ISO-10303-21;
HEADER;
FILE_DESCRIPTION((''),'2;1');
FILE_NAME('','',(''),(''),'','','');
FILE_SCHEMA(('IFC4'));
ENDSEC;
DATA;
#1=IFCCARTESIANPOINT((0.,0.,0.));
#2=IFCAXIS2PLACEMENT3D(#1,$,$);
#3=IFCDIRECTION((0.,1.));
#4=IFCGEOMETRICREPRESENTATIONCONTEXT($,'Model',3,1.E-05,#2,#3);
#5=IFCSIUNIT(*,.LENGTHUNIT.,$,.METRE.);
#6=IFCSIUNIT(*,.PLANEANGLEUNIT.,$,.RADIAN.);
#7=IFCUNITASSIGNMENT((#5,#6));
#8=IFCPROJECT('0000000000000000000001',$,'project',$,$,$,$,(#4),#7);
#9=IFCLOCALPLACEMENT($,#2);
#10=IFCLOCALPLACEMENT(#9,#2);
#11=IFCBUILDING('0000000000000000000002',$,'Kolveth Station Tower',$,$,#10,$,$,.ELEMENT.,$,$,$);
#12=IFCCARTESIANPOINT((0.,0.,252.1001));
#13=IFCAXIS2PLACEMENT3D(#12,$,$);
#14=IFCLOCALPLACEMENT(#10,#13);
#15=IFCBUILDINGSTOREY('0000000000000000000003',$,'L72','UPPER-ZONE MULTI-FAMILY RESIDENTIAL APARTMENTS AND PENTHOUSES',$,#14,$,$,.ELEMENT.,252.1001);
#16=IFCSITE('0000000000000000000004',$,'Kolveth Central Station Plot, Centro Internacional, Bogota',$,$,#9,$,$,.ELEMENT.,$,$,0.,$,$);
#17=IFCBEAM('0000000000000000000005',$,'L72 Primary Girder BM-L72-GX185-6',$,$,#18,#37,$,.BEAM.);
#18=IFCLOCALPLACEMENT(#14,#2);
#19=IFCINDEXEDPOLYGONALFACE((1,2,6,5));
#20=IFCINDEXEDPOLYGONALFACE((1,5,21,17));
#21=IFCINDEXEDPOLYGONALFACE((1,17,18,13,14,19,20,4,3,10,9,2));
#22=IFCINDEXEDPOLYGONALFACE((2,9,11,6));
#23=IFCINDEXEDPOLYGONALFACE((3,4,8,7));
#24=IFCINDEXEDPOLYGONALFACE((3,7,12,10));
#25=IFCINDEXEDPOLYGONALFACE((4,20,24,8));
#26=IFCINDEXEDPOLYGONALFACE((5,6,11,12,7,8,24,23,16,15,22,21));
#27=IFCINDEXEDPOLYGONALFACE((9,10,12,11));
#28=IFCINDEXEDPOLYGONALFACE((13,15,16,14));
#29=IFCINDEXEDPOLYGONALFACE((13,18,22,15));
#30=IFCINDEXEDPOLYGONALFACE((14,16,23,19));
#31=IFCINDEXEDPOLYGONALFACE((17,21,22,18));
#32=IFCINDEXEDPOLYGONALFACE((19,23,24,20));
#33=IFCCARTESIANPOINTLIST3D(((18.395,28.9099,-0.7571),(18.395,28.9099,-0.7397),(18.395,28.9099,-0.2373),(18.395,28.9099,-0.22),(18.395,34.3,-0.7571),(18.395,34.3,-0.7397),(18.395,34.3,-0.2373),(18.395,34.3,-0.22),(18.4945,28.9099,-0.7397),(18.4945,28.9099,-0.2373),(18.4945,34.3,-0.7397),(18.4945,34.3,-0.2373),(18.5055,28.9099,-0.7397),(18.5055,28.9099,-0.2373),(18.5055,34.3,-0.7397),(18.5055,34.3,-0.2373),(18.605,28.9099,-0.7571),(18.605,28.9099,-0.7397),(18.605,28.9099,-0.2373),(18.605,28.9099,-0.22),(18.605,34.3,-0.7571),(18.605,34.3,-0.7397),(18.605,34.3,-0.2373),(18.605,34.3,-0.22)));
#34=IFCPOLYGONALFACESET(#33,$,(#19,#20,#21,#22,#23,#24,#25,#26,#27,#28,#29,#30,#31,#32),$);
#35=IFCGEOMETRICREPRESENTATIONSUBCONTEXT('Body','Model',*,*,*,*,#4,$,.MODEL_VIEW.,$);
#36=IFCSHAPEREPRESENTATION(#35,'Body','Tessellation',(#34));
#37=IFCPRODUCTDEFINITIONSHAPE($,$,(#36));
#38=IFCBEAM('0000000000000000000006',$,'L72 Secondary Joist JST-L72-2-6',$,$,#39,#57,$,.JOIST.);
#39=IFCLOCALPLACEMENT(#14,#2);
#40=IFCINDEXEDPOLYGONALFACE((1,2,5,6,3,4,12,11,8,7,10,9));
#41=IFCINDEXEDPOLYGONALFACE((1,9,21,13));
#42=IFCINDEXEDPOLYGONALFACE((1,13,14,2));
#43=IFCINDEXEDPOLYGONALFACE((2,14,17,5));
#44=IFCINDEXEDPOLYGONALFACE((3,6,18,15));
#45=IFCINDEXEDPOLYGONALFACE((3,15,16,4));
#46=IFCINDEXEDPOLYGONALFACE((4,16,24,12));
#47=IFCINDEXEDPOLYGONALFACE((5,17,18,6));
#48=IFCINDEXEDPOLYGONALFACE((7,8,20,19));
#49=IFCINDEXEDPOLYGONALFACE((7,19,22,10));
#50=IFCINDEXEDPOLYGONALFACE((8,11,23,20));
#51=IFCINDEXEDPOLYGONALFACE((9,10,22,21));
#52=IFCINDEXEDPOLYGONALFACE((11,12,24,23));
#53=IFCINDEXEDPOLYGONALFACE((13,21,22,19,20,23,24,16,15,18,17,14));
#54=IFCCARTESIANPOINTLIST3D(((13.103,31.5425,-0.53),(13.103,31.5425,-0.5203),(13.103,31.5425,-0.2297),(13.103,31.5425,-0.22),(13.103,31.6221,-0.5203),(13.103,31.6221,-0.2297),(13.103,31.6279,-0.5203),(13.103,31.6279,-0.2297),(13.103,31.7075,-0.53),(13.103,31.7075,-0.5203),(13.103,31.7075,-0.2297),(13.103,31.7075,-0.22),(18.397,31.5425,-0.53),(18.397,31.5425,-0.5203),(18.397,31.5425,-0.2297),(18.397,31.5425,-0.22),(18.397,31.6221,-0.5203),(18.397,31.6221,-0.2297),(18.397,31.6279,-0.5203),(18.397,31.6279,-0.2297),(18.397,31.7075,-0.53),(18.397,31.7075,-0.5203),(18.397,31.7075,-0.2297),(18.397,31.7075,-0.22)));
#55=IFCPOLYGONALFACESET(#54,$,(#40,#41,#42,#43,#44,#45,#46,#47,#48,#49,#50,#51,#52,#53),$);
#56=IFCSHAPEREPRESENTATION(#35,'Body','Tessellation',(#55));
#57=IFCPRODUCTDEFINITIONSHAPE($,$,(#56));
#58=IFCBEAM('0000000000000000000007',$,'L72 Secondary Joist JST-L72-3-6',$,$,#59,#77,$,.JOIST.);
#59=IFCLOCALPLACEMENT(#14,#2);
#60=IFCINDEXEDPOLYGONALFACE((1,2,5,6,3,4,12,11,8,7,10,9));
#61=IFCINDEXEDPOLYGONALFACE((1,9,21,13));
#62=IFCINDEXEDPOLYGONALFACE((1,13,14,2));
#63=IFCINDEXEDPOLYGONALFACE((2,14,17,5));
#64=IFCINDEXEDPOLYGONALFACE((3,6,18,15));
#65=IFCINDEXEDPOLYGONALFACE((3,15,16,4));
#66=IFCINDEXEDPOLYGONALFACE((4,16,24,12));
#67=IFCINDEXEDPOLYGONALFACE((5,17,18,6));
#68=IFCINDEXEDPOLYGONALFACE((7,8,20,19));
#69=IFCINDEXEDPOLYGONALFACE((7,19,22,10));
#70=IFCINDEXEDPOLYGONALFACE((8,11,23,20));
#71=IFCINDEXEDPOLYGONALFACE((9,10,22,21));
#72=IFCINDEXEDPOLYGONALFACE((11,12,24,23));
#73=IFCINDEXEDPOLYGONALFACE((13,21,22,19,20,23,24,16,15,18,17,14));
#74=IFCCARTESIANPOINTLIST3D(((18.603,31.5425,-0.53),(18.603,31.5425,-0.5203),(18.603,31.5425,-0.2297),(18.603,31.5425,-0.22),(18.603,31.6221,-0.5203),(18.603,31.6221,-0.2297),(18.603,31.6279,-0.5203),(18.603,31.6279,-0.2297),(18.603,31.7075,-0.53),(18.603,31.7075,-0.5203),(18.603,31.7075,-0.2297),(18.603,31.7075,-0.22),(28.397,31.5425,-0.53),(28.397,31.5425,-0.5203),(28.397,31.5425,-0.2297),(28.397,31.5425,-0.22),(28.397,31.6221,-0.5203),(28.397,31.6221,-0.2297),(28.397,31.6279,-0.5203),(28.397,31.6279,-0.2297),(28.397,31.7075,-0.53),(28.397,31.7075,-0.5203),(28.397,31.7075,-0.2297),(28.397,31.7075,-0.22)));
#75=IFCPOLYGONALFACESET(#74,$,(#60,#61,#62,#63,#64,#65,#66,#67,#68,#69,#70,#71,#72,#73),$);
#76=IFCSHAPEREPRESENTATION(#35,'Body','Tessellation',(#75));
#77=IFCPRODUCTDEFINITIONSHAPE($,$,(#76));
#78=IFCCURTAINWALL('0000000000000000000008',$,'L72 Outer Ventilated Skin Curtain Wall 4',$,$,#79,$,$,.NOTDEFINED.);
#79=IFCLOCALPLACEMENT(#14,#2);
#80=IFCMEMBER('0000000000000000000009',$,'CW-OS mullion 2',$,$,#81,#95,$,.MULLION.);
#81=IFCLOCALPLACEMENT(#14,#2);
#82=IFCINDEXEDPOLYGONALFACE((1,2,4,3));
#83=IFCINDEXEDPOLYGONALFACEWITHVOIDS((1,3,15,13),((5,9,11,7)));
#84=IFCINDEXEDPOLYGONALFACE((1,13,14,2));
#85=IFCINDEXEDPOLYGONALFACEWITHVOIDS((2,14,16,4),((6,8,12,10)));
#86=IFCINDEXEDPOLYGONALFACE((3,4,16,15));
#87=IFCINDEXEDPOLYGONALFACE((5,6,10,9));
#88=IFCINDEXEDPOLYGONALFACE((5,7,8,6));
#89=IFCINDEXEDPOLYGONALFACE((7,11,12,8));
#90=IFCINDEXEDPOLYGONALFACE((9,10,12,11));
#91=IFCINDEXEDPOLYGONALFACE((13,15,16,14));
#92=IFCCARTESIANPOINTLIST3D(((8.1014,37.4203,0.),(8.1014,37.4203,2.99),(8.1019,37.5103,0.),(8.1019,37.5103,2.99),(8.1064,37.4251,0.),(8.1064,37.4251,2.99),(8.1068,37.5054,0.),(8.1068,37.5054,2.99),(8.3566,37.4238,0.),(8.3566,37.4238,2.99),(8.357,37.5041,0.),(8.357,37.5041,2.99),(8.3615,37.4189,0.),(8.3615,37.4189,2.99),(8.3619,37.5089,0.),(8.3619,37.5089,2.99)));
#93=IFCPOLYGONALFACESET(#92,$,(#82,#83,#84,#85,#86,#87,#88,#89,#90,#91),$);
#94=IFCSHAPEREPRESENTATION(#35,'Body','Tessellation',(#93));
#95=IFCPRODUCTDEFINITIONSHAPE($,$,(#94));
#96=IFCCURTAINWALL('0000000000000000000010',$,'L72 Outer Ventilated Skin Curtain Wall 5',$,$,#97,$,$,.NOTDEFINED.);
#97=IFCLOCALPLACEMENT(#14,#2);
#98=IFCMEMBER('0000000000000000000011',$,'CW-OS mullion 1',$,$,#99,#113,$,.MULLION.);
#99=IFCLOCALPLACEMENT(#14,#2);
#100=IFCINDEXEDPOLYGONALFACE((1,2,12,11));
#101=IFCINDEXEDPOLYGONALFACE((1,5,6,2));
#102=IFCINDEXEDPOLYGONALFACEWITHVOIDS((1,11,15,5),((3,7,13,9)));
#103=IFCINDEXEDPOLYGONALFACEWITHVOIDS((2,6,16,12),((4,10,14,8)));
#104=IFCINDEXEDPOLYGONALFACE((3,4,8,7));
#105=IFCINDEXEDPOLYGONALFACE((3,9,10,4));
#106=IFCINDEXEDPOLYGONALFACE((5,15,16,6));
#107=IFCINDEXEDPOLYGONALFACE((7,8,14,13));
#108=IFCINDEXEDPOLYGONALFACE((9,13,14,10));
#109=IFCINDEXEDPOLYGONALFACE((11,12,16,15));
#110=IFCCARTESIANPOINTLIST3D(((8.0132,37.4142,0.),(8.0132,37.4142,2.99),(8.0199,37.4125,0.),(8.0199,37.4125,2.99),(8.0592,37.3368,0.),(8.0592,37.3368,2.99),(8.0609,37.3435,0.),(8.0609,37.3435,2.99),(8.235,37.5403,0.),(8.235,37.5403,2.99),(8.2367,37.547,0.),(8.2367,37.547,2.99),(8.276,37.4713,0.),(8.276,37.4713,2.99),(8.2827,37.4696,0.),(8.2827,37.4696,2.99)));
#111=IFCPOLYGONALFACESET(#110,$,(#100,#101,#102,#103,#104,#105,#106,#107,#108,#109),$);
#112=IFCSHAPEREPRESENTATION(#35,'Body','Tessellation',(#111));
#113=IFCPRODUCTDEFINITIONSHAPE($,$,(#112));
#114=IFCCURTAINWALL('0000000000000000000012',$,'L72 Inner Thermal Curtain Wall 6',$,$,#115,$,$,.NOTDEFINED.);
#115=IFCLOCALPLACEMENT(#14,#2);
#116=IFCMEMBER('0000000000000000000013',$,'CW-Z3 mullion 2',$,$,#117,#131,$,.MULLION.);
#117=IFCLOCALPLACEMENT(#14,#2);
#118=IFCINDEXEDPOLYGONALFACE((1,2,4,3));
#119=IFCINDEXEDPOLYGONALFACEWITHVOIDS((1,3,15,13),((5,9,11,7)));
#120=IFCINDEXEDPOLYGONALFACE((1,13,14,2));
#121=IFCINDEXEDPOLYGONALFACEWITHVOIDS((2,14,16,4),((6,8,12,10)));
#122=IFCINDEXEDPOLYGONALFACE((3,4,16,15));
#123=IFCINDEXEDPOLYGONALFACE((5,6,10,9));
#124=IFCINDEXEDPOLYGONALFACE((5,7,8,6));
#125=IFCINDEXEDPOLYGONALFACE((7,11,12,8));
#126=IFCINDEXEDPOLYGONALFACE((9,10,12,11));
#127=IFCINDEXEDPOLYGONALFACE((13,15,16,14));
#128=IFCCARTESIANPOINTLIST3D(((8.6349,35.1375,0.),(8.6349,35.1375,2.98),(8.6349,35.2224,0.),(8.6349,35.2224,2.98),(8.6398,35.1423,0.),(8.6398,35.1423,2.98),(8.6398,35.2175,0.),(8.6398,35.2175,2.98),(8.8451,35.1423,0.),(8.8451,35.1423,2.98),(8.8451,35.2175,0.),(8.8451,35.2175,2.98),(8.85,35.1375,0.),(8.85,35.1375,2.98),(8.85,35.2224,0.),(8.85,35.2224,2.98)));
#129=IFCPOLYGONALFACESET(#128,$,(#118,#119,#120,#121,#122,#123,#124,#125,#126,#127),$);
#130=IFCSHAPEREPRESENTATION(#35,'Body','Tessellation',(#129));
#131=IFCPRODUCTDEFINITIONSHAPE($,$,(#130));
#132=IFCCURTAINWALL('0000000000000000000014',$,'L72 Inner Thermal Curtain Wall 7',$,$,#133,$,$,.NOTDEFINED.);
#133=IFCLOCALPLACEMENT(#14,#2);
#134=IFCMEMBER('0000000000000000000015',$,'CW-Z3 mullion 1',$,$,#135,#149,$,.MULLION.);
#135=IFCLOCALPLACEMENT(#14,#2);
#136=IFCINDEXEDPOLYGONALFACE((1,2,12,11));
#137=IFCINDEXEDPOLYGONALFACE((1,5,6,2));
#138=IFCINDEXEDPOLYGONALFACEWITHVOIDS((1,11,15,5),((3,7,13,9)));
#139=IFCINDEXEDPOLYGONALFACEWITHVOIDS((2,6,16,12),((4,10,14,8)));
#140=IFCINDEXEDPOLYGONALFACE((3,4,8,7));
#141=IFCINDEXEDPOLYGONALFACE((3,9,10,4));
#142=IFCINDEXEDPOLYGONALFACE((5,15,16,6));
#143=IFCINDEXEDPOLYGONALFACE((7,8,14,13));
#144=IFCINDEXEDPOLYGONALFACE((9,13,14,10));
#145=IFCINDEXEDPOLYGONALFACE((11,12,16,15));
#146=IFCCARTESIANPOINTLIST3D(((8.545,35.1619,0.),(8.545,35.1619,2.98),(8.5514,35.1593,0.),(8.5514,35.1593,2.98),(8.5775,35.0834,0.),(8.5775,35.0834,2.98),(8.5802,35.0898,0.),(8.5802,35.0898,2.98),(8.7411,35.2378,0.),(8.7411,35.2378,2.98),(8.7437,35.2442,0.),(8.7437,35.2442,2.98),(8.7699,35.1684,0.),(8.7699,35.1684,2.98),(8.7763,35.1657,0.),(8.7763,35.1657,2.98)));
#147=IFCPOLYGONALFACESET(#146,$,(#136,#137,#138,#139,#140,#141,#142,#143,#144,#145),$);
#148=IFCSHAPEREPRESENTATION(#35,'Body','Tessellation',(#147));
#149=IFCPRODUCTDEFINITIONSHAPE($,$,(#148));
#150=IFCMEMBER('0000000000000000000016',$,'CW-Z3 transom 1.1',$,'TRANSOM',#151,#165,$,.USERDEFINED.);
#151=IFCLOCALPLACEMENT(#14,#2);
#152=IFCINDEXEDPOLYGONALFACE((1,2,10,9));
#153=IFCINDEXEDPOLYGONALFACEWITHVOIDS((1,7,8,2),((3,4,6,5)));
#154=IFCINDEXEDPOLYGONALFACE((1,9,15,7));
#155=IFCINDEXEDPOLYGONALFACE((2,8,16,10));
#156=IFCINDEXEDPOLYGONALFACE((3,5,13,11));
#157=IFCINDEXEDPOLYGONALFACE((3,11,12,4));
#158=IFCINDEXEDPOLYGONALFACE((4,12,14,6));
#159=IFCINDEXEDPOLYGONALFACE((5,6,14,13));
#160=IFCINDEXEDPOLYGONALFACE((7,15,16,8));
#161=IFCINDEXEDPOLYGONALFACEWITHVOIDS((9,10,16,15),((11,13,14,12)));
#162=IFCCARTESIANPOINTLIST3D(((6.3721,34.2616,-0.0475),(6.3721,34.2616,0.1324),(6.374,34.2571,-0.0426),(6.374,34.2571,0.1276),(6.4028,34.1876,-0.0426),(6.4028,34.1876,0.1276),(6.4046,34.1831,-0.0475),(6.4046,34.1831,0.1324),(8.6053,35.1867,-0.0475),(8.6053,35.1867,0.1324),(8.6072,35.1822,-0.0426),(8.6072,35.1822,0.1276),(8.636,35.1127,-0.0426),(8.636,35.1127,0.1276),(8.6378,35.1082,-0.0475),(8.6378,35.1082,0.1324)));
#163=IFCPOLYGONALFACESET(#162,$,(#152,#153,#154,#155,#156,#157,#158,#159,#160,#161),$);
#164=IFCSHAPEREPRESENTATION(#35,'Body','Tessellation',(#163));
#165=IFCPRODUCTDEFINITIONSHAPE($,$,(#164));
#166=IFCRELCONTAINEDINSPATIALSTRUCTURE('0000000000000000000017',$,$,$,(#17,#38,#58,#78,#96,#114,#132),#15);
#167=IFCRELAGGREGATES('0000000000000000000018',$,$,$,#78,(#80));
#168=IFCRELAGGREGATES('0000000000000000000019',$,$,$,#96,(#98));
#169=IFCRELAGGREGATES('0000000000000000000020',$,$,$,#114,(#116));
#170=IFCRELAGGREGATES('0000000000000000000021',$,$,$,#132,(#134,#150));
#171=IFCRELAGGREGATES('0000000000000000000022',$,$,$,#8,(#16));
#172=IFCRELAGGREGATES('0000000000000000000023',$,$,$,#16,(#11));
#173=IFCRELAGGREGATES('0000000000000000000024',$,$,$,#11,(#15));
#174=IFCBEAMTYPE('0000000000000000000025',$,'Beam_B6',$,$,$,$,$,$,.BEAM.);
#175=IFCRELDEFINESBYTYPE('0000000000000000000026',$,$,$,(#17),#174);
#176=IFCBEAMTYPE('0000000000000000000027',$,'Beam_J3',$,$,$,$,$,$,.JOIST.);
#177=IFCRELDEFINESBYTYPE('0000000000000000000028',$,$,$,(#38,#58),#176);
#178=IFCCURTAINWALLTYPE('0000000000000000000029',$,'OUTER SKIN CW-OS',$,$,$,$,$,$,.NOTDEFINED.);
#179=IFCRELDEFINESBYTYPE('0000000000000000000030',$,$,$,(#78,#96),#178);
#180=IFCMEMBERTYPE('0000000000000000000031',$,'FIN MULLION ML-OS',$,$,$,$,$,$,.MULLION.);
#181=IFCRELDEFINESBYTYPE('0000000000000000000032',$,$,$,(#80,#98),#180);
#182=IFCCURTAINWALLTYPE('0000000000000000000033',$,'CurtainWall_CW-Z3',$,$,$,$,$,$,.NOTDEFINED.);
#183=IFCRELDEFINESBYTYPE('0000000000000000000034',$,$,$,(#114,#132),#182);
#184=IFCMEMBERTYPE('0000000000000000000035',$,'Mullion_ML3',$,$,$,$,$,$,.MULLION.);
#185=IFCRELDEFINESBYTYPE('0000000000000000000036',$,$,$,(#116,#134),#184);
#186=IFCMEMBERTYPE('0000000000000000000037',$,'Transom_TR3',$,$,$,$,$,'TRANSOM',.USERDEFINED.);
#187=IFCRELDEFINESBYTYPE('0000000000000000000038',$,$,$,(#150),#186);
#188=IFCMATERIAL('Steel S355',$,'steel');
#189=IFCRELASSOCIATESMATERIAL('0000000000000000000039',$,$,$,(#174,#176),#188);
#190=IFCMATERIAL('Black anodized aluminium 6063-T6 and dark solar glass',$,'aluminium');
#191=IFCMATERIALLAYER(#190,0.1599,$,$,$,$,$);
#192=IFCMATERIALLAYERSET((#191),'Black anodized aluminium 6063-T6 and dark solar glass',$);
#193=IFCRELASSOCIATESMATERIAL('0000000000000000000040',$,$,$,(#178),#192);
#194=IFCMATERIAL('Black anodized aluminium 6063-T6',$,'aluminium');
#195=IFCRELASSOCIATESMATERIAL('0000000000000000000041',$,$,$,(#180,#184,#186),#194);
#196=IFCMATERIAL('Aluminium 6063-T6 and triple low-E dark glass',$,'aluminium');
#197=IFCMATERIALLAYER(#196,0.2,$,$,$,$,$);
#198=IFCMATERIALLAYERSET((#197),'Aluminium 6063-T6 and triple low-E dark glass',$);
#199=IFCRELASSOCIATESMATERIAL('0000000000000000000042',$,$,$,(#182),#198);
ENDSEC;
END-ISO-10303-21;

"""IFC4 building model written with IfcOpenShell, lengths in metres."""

from ifc_helpers import new_model, si_unit, direction, frame, origin, origin_2d, place, context, subcontext, project, spatial, hollow_rectangle, i_section, extrude, source, transform, mapped, material, layer, layer_set, material_profile, profile_set, type_object, element, aggregate, save


model = new_model("IFC4")

# Units and contexts
model_context = context("Model", 3, precision=1e-05, world=origin(), true_north=direction((0.0, 1.0)))
body_context = subcontext(model_context, "Body", "Model", "MODEL_VIEW")
ifc_project = project(units=[si_unit("LENGTHUNIT", "METRE"), si_unit("PLANEANGLEUNIT", "RADIAN")], contexts=[model_context])

# Site, building, storey
site_placement = place(None, origin())
site = spatial("IfcSite", under=ifc_project, at=site_placement, Name="Kolveth Central Station Plot, Centro Internacional, Bogota", CompositionType="ELEMENT", RefElevation=0.0)
building_placement = place(site_placement, origin())
building = spatial("IfcBuilding", under=site, at=building_placement, Name="Kolveth Station Tower", CompositionType="ELEMENT")
storey_placement = place(building_placement, frame((0.0, 0.0, 252.1001)))
storey = spatial("IfcBuildingStorey", under=building, at=storey_placement, Name="L72", Description="UPPER-ZONE MULTI-FAMILY RESIDENTIAL APARTMENTS AND PENTHOUSES", CompositionType="ELEMENT", Elevation=252.1001)

# Shared definitions
ifc_material_1 = material(Name="Steel S355", Category="steel")

# Beams
ifc_material_profile_1 = material_profile(ifc_material_1, i_section(OverallWidth=0.21, OverallDepth=0.5371, WebThickness=0.011, FlangeThickness=0.0173, at=origin_2d()), Name="W530x101")
ifc_profile_set_1 = profile_set([ifc_material_profile_1], Name="Steel S355")
beam_type_1 = type_object("IfcBeamType", Name="Beam_B6", PredefinedType="BEAM", material=ifc_profile_set_1)
shared_shape_1 = source(origin(), body_context, "Body", "SweptSolid", [
    extrude(i_section(OverallWidth=0.21, OverallDepth=0.5371, WebThickness=0.011, FlangeThickness=0.0173, at=origin_2d()), origin(), (0.0, 0.0, 1.0), 5.3901),
])
beam_1_placement = place(storey_placement, frame((18.5, 28.9099, -0.4885), z_axis=(0.0, 1.0, 0.0), x_axis=(-1.0, 0.0, 0.0)))
element("IfcBeam", 1, at=beam_1_placement, inside=storey, type_object=beam_type_1, Name="L72 Primary Girder BM-L72-GX185-6", PredefinedType="BEAM", context=body_context, shape_type="MappedRepresentation", body=[
    mapped(shared_shape_1, transform((0.0, 0.0, 0.0), x_axis=(1.0, 0.0, 0.0), y_axis=(0.0, 1.0, 0.0), z_axis=(0.0, 0.0, 1.0), scale=1.0)),
])
ifc_material_profile_2 = material_profile(ifc_material_1, i_section(OverallWidth=0.165, OverallDepth=0.3101, WebThickness=0.0059, FlangeThickness=0.0098, at=origin_2d()), Name="W310x39")
ifc_profile_set_2 = profile_set([ifc_material_profile_2], Name="Steel S355")
beam_type_2 = type_object("IfcBeamType", Name="Beam_J3", PredefinedType="JOIST", material=ifc_profile_set_2)
shared_shape_2 = source(origin(), body_context, "Body", "SweptSolid", [
    extrude(i_section(OverallWidth=0.165, OverallDepth=0.3101, WebThickness=0.0059, FlangeThickness=0.0098, at=origin_2d()), origin(), (0.0, 0.0, 1.0), 5.2939),
])
beam_2_placement = place(storey_placement, frame((13.103, 31.625, -0.375), z_axis=(1.0, 0.0, 0.0), x_axis=(0.0, 1.0, 0.0)))
element("IfcBeam", 2, at=beam_2_placement, inside=storey, type_object=beam_type_2, Name="L72 Secondary Joist JST-L72-2-6", PredefinedType="JOIST", context=body_context, shape_type="MappedRepresentation", body=[
    mapped(shared_shape_2, transform((0.0, 0.0, 0.0), x_axis=(1.0, 0.0, 0.0), y_axis=(0.0, 1.0, 0.0), z_axis=(0.0, 0.0, 1.0), scale=1.0)),
])
shared_shape_3 = source(origin(), body_context, "Body", "SweptSolid", [
    extrude(i_section(OverallWidth=0.165, OverallDepth=0.3101, WebThickness=0.0059, FlangeThickness=0.0098, at=origin_2d()), origin(), (0.0, 0.0, 1.0), 9.7939),
])
beam_3_placement = place(storey_placement, frame((18.603, 31.625, -0.375), z_axis=(1.0, 0.0, 0.0), x_axis=(0.0, 1.0, 0.0)))
element("IfcBeam", 3, at=beam_3_placement, inside=storey, type_object=beam_type_2, Name="L72 Secondary Joist JST-L72-3-6", PredefinedType="JOIST", context=body_context, shape_type="MappedRepresentation", body=[
    mapped(shared_shape_3, transform((0.0, 0.0, 0.0), x_axis=(1.0, 0.0, 0.0), y_axis=(0.0, 1.0, 0.0), z_axis=(0.0, 0.0, 1.0), scale=1.0)),
])

# Curtain walls, members
ifc_material_2 = material(Name="Black anodized aluminium 6063-T6 and dark solar glass", Category="aluminium")
ifc_layer_1 = layer(ifc_material_2, 0.1599)
ifc_layer_set_1 = layer_set([ifc_layer_1], Name="Black anodized aluminium 6063-T6 and dark solar glass")
curtain_wall_type_1 = type_object("IfcCurtainWallType", Name="OUTER SKIN CW-OS", PredefinedType="NOTDEFINED", material=ifc_layer_set_1)
curtain_wall_1_placement = place(storey_placement, origin())
curtain_wall_1 = element("IfcCurtainWall", 4, at=curtain_wall_1_placement, inside=storey, type_object=curtain_wall_type_1, Name="L72 Outer Ventilated Skin Curtain Wall 4", PredefinedType="NOTDEFINED")
ifc_material_3 = material(Name="Black anodized aluminium 6063-T6", Category="aluminium")
ifc_material_profile_3 = material_profile(ifc_material_3, hollow_rectangle(XDim=0.0901, YDim=0.26, WallThickness=0.0049, at=origin_2d()), Name="ALU-90x260x5")
ifc_profile_set_3 = profile_set([ifc_material_profile_3], Name="Black anodized aluminium 6063-T6")
member_type_1 = type_object("IfcMemberType", Name="FIN MULLION ML-OS", PredefinedType="MULLION", material=ifc_profile_set_3)
shared_shape_4 = source(origin(), body_context, "Body", "SweptSolid", [
    extrude(hollow_rectangle(XDim=0.0901, YDim=0.26, WallThickness=0.0049, at=origin_2d()), origin(), (0.0, 0.0, 1.0), 2.99),
])
member_1_placement = place(storey_placement, frame((8.2317, 37.4646, 0.0), z_axis=(0.0, 0.0, 1.0), x_axis=(-0.005381, -0.999986, 0.0)))
member_1 = element("IfcMember", 5, at=member_1_placement, type_object=member_type_1, Name="CW-OS mullion 2", PredefinedType="MULLION", context=body_context, shape_type="MappedRepresentation", body=[
    mapped(shared_shape_4, transform((0.0, 0.0, 0.0), x_axis=(1.0, 0.0, 0.0), y_axis=(0.0, 1.0, 0.0), z_axis=(0.0, 0.0, 1.0), scale=1.0)),
])
aggregate(curtain_wall_1, [member_1])
curtain_wall_2_placement = place(storey_placement, origin())
curtain_wall_2 = element("IfcCurtainWall", 6, at=curtain_wall_2_placement, inside=storey, type_object=curtain_wall_type_1, Name="L72 Outer Ventilated Skin Curtain Wall 5", PredefinedType="NOTDEFINED")
member_2_placement = place(storey_placement, frame((8.1479, 37.4419, 0.0), z_axis=(0.0, 0.0, 1.0), x_axis=(0.510672, -0.859776, 0.0)))
member_2 = element("IfcMember", 7, at=member_2_placement, type_object=member_type_1, Name="CW-OS mullion 1", PredefinedType="MULLION", context=body_context, shape_type="MappedRepresentation", body=[
    mapped(shared_shape_4, transform((0.0, 0.0, 0.0), x_axis=(1.0, 0.0, 0.0), y_axis=(0.0, 1.0, 0.0), z_axis=(0.0, 0.0, 1.0), scale=1.0)),
])
aggregate(curtain_wall_2, [member_2])
ifc_material_4 = material(Name="Aluminium 6063-T6 and triple low-E dark glass", Category="aluminium")
ifc_layer_2 = layer(ifc_material_4, 0.2)
ifc_layer_set_2 = layer_set([ifc_layer_2], Name="Aluminium 6063-T6 and triple low-E dark glass")
curtain_wall_type_2 = type_object("IfcCurtainWallType", Name="CurtainWall_CW-Z3", PredefinedType="NOTDEFINED", material=ifc_layer_set_2)
curtain_wall_3_placement = place(storey_placement, origin())
curtain_wall_3 = element("IfcCurtainWall", 8, at=curtain_wall_3_placement, inside=storey, type_object=curtain_wall_type_2, Name="L72 Inner Thermal Curtain Wall 6", PredefinedType="NOTDEFINED")
ifc_material_profile_4 = material_profile(ifc_material_3, hollow_rectangle(XDim=0.085, YDim=0.2151, WallThickness=0.0049, at=origin_2d()), Name="ALU-85x215x5")
ifc_profile_set_4 = profile_set([ifc_material_profile_4], Name="Black anodized aluminium 6063-T6")
member_type_2 = type_object("IfcMemberType", Name="Mullion_ML3", PredefinedType="MULLION", material=ifc_profile_set_4)
shared_shape_5 = source(origin(), body_context, "Body", "SweptSolid", [
    extrude(hollow_rectangle(XDim=0.085, YDim=0.2151, WallThickness=0.0049, at=origin_2d()), origin(), (0.0, 0.0, 1.0), 2.98),
])
member_3_placement = place(storey_placement, frame((8.7424, 35.1799, 0.0), z_axis=(0.0, 0.0, 1.0), x_axis=(0.0, -1.0, 0.0)))
member_3 = element("IfcMember", 9, at=member_3_placement, type_object=member_type_2, Name="CW-Z3 mullion 2", PredefinedType="MULLION", context=body_context, shape_type="MappedRepresentation", body=[
    mapped(shared_shape_5, transform((0.0, 0.0, 0.0), x_axis=(1.0, 0.0, 0.0), y_axis=(0.0, 1.0, 0.0), z_axis=(0.0, 0.0, 1.0), scale=1.0)),
])
aggregate(curtain_wall_3, [member_3])

# Curtain wall, members
curtain_wall_4_placement = place(storey_placement, origin())
curtain_wall_4 = element("IfcCurtainWall", 10, at=curtain_wall_4_placement, inside=storey, type_object=curtain_wall_type_2, Name="L72 Inner Thermal Curtain Wall 7", PredefinedType="NOTDEFINED")
member_4_placement = place(storey_placement, frame((8.6606, 35.1638, 0.0), z_axis=(0.0, 0.0, 1.0), x_axis=(0.382693, -0.923875, 0.0)))
member_4 = element("IfcMember", 11, at=member_4_placement, type_object=member_type_2, Name="CW-Z3 mullion 1", PredefinedType="MULLION", context=body_context, shape_type="MappedRepresentation", body=[
    mapped(shared_shape_5, transform((0.0, 0.0, 0.0), x_axis=(1.0, 0.0, 0.0), y_axis=(0.0, 1.0, 0.0), z_axis=(0.0, 0.0, 1.0), scale=1.0)),
])
ifc_material_profile_5 = material_profile(ifc_material_3, hollow_rectangle(XDim=0.085, YDim=0.1799, WallThickness=0.0049, at=origin_2d()), Name="ALU-85x180x5")
ifc_profile_set_5 = profile_set([ifc_material_profile_5], Name="Black anodized aluminium 6063-T6")
member_type_3 = type_object("IfcMemberType", Name="Transom_TR3", ElementType="TRANSOM", PredefinedType="USERDEFINED", material=ifc_profile_set_5)
shared_shape_6 = source(origin(), body_context, "Body", "SweptSolid", [
    extrude(hollow_rectangle(XDim=0.085, YDim=0.1799, WallThickness=0.0049, at=origin_2d()), origin(), (0.0, 0.0, 1.0), 2.4172),
])
member_5_placement = place(storey_placement, frame((8.6216, 35.1475, 0.0425), z_axis=(-0.923873, -0.3827, 0.0), x_axis=(0.3827, -0.923873, 0.0)))
member_5 = element("IfcMember", 12, at=member_5_placement, type_object=member_type_3, Name="CW-Z3 transom 1.1", ObjectType="TRANSOM", PredefinedType="USERDEFINED", context=body_context, shape_type="MappedRepresentation", body=[
    mapped(shared_shape_6, transform((0.0, 0.0, 0.0), x_axis=(1.0, 0.0, 0.0), y_axis=(0.0, 1.0, 0.0), z_axis=(0.0, 0.0, 1.0), scale=1.0)),
])
aggregate(curtain_wall_4, [member_4, member_5])

save(model, "model.ifc")
